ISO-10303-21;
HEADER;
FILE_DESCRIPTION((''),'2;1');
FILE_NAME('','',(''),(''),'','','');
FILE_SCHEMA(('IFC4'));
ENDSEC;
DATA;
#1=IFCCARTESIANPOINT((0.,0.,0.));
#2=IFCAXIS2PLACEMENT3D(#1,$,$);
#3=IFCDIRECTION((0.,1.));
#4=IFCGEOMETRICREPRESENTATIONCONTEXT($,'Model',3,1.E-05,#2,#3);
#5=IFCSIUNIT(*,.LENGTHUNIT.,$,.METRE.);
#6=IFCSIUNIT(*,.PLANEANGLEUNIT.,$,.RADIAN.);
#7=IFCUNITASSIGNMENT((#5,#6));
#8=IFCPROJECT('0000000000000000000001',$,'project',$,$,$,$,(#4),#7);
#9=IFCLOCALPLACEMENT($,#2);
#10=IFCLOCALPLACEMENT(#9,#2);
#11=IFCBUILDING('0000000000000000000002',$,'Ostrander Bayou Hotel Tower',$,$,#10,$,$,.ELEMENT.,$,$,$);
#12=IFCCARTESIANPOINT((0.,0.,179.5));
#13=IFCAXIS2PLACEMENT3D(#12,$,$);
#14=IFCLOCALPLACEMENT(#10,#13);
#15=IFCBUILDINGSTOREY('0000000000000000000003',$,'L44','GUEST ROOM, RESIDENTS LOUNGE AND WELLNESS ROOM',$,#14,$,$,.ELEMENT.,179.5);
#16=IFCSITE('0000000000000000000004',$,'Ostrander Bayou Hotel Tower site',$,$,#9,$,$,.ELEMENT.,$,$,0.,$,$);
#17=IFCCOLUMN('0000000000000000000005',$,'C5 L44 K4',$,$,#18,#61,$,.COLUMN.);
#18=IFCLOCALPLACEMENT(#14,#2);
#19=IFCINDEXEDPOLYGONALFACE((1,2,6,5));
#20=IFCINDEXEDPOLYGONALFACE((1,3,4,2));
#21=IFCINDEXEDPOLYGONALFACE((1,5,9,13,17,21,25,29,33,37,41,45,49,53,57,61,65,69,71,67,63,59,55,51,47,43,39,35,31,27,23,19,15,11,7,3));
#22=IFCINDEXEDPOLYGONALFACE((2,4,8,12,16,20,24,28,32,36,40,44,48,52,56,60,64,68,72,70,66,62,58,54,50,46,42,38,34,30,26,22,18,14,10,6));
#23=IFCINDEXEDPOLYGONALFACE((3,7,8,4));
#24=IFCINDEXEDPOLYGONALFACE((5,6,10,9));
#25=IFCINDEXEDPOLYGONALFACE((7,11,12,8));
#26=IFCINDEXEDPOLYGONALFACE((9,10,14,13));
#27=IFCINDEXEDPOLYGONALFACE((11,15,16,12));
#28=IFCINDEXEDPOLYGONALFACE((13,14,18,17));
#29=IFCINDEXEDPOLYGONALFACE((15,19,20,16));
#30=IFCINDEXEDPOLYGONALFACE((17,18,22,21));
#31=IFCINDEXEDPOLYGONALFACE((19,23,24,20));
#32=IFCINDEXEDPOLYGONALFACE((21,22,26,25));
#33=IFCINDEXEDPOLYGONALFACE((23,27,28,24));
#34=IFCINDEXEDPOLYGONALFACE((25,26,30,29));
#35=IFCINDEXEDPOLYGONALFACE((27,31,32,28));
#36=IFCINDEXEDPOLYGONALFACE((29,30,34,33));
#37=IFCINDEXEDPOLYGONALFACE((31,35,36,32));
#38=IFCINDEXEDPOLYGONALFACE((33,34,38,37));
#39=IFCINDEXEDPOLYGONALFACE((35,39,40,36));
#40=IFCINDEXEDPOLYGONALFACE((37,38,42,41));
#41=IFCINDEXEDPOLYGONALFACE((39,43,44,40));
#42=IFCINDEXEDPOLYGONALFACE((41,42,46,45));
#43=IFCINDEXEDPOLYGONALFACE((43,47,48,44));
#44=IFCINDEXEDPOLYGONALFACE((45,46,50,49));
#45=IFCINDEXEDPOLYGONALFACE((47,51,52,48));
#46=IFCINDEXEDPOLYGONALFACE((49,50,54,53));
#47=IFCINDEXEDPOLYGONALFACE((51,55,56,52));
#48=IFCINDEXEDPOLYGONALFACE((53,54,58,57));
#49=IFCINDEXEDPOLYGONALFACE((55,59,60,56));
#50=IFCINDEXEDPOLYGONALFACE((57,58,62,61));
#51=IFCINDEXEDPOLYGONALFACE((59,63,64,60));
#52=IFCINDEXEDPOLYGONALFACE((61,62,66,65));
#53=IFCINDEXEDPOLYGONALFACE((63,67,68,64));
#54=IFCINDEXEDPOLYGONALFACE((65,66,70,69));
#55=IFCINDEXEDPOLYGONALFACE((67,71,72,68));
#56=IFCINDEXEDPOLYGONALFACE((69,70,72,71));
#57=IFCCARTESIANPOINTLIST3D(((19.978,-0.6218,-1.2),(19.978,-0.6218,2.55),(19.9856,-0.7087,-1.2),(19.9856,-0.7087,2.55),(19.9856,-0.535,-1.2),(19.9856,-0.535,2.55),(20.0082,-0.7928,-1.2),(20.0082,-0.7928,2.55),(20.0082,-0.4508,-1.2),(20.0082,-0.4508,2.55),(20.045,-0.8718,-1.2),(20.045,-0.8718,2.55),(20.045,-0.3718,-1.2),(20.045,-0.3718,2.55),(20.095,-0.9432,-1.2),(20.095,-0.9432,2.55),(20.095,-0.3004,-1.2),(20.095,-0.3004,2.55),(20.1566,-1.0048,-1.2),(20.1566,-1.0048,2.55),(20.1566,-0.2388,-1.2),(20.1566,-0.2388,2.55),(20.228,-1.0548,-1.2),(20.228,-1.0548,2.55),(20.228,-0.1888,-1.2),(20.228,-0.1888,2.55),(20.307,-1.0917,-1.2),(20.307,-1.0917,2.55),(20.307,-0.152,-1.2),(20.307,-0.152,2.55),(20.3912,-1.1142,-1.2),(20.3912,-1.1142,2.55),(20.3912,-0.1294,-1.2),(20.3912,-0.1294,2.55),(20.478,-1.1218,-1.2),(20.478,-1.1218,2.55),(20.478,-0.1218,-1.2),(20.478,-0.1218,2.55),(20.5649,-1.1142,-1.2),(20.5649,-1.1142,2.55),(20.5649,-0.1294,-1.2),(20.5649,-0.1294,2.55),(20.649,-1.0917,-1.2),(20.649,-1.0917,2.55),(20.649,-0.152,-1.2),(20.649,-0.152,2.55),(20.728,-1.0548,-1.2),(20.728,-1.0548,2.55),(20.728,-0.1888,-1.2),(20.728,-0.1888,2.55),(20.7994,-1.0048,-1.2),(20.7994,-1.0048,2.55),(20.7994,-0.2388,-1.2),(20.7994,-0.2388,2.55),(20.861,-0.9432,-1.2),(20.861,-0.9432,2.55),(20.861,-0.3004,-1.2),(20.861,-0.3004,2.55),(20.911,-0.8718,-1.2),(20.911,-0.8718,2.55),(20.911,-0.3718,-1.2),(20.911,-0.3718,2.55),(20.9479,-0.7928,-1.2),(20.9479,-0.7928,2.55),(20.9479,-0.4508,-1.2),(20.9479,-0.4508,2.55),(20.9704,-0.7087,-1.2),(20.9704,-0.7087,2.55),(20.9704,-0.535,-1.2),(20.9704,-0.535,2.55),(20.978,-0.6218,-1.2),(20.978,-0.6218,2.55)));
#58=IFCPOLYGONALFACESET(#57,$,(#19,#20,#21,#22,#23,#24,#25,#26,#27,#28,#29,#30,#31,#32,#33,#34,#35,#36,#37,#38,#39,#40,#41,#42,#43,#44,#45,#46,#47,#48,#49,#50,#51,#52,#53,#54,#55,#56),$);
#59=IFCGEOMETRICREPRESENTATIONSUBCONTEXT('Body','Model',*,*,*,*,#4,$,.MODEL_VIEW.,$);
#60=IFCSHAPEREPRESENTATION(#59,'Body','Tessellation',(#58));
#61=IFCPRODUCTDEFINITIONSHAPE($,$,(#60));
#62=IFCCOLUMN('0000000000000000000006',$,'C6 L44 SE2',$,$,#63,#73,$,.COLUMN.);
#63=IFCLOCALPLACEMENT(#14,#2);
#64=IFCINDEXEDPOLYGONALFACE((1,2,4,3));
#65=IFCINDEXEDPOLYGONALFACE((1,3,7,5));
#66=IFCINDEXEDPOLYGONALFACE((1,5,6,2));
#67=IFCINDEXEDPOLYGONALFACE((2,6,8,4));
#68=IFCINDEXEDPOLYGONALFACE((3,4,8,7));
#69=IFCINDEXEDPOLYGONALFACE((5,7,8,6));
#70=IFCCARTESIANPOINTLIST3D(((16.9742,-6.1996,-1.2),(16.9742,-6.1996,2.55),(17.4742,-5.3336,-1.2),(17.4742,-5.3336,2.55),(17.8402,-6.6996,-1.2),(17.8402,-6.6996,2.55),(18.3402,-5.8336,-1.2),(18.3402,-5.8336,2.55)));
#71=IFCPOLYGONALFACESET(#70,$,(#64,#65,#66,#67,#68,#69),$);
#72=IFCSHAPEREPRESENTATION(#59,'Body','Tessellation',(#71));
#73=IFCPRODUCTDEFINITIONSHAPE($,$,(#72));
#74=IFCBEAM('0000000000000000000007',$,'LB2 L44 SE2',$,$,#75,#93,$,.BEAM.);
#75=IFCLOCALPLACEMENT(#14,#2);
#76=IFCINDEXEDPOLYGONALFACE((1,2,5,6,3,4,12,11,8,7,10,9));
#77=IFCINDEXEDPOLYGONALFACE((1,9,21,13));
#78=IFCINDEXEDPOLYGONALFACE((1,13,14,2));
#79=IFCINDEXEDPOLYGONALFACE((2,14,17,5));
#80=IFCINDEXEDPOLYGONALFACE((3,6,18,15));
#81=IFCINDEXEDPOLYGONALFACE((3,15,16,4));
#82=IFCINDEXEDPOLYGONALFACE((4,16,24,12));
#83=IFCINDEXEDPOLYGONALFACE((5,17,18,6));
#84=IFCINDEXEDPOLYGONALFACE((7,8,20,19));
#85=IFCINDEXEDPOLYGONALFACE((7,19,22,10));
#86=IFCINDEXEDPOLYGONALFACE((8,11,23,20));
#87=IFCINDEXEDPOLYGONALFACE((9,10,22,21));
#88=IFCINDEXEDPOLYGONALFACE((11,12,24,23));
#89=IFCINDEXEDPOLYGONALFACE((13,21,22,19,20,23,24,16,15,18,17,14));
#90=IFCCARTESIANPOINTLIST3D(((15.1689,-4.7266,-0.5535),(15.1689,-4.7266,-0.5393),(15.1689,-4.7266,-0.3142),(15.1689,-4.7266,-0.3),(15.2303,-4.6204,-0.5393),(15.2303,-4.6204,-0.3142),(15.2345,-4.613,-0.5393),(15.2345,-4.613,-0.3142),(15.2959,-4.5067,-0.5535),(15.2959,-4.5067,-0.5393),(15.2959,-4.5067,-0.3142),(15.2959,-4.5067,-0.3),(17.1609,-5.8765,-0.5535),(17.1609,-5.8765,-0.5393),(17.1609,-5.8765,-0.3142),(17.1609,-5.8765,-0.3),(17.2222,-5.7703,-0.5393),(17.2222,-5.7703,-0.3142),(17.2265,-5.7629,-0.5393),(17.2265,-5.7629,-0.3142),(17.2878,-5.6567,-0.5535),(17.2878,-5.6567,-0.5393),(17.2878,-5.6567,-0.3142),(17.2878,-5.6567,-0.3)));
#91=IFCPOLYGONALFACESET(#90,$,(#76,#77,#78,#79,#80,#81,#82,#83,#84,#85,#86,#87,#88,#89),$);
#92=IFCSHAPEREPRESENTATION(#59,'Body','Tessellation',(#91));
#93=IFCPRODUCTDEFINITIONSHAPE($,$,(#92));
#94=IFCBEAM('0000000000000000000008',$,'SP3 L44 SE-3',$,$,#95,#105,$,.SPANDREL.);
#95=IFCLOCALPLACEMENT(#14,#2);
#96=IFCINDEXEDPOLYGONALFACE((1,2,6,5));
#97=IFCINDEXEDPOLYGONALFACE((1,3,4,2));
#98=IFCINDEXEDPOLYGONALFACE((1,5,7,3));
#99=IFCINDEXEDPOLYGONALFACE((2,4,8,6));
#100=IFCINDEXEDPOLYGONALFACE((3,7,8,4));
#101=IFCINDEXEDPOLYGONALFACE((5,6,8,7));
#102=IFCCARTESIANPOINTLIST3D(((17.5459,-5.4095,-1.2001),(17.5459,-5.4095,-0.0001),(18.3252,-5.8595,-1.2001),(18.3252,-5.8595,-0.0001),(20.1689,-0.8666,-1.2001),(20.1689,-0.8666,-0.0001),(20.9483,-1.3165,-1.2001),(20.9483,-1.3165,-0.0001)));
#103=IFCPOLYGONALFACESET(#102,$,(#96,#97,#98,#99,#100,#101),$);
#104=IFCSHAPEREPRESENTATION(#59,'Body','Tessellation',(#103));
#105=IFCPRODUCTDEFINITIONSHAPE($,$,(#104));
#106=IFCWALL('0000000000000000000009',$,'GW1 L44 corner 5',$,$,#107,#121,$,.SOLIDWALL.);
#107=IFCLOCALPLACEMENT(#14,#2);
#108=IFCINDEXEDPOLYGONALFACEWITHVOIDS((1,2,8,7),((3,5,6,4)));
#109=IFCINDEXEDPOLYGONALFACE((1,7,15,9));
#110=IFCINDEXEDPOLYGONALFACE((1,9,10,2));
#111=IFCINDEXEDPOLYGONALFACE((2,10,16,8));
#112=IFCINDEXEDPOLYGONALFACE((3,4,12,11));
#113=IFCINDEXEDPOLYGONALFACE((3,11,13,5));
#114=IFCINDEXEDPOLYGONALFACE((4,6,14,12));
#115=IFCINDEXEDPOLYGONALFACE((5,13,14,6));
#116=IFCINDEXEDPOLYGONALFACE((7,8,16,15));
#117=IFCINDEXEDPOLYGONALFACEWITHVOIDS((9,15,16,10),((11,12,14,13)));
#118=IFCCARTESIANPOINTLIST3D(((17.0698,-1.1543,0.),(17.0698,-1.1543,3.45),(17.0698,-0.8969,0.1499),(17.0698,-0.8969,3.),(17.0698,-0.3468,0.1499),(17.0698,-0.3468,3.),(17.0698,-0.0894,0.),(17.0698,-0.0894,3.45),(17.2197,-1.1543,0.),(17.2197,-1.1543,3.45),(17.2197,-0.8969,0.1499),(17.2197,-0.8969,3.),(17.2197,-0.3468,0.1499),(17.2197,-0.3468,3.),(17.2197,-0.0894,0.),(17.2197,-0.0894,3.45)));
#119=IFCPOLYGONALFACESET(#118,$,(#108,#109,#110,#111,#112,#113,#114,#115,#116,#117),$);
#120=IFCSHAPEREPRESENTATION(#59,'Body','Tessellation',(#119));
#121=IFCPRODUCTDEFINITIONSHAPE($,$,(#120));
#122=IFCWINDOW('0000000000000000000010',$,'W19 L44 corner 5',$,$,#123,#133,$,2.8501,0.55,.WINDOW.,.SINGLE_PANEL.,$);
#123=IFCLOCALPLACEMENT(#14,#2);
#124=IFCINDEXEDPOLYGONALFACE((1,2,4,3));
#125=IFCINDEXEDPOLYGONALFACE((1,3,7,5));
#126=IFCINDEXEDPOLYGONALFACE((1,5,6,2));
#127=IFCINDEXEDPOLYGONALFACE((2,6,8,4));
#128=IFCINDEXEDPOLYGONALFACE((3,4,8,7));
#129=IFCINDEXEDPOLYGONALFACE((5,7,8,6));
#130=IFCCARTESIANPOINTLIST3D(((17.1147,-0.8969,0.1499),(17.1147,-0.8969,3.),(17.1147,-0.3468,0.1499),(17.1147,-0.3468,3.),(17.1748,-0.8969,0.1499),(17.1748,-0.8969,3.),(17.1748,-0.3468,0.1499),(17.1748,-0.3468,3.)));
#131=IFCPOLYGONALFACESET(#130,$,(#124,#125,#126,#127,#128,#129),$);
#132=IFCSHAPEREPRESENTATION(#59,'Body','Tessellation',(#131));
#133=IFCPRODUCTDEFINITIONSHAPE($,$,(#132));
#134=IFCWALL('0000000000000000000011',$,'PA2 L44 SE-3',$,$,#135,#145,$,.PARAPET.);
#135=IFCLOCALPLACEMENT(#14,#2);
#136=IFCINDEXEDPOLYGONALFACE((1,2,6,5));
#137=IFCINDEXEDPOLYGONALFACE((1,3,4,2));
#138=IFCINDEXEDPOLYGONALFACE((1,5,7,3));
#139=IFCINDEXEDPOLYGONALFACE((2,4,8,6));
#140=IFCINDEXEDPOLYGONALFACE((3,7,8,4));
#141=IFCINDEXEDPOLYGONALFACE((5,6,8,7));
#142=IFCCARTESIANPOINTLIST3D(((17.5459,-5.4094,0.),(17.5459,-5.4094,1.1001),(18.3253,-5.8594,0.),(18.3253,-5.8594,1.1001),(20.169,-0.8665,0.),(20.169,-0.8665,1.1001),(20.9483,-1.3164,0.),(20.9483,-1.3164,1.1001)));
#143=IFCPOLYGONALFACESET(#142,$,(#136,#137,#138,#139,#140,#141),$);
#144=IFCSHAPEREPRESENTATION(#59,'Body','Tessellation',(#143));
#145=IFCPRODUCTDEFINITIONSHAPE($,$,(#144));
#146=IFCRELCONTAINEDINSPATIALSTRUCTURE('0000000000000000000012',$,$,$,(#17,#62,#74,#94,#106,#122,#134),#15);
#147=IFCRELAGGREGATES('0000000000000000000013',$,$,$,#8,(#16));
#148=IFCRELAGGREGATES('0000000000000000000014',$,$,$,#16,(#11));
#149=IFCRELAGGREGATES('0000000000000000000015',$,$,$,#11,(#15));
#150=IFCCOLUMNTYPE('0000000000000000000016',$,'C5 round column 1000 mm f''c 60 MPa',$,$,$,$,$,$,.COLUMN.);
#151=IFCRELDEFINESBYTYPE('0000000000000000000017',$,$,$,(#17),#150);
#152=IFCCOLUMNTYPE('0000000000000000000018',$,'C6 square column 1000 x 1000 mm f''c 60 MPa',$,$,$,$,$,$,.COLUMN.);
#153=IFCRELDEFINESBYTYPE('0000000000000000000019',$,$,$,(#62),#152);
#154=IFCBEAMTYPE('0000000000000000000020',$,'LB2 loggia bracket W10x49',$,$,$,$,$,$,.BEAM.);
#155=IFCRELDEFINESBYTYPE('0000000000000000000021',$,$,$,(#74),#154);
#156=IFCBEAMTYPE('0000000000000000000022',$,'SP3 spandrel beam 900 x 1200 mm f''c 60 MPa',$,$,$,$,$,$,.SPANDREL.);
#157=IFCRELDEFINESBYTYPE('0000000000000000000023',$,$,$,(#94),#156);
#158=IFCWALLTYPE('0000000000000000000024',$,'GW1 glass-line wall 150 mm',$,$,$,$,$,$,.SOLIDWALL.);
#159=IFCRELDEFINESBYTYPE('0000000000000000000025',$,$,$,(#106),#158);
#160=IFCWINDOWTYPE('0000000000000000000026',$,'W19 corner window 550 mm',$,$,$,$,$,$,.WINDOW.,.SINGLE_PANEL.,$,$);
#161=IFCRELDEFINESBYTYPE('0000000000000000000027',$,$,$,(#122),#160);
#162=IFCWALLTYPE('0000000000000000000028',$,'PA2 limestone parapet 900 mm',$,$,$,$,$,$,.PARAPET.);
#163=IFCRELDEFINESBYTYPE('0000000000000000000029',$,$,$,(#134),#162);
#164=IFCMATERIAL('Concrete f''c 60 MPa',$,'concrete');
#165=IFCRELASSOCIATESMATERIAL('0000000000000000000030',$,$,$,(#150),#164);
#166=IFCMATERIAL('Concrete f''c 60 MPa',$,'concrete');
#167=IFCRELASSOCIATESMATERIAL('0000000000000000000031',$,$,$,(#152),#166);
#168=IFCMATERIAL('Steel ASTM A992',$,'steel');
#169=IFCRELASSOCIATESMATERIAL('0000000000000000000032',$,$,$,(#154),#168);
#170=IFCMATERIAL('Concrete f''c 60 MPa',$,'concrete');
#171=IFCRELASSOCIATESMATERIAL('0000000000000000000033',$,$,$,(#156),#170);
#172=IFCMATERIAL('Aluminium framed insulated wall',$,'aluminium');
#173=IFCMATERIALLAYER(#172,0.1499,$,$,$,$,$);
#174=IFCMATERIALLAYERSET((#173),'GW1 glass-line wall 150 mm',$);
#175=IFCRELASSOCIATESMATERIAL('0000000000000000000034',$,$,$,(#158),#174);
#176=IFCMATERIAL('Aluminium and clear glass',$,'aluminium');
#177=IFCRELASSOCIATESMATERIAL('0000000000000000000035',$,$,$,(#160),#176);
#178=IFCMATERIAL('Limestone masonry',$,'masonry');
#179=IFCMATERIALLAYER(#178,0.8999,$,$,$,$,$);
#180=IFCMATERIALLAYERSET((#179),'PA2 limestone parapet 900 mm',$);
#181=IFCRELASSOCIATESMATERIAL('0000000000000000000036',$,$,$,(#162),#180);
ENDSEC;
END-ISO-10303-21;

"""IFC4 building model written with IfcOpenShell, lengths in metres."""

from ifc_helpers import new_model, si_unit, direction, frame, frame_2d, origin, origin_2d, place, context, subcontext, project, spatial, rectangle, circle, i_section, extrude, material, layer, layer_set, material_profile, profile_set, type_object, element, fill, save


model = new_model("IFC4")

# Units and contexts
model_context = context("Model", 3, precision=1e-05, world=origin(), true_north=direction((0.0, 1.0)))
body_context = subcontext(model_context, "Body", "Model", "MODEL_VIEW")
ifc_project = project(units=[si_unit("LENGTHUNIT", "METRE"), si_unit("PLANEANGLEUNIT", "RADIAN")], contexts=[model_context])

# Site, building, storey
site_placement = place(None, origin())
site = spatial("IfcSite", under=ifc_project, at=site_placement, Name="Ostrander Bayou Hotel Tower site", CompositionType="ELEMENT", RefElevation=0.0)
building_placement = place(site_placement, origin())
building = spatial("IfcBuilding", under=site, at=building_placement, Name="Ostrander Bayou Hotel Tower", CompositionType="ELEMENT")
storey_placement = place(building_placement, frame((0.0, 0.0, 179.5)))
storey = spatial("IfcBuildingStorey", under=building, at=storey_placement, Name="L44", Description="GUEST ROOM, RESIDENTS LOUNGE AND WELLNESS ROOM", CompositionType="ELEMENT", Elevation=179.5)

# Columns
ifc_material_1 = material(Name="Concrete f'c 60 MPa", Category="concrete")
ifc_material_profile_1 = material_profile(ifc_material_1, circle(Radius=0.5, at=origin_2d()))
ifc_profile_set_1 = profile_set([ifc_material_profile_1], Name="Concrete f'c 60 MPa")
column_type_1 = type_object("IfcColumnType", Name="C5 round column 1000 mm f'c 60 MPa", PredefinedType="COLUMN", material=ifc_profile_set_1)
column_1_placement = place(storey_placement, frame((20.478, -0.6218, -1.2), z_axis=(0.0, 0.0, 1.0), x_axis=(1.0, 0.0, 0.0)))
element("IfcColumn", 1, at=column_1_placement, inside=storey, type_object=column_type_1, Name="C5 L44 K4", PredefinedType="COLUMN", context=body_context, shape_type="SweptSolid", body=[
    extrude(circle(Radius=0.5, at=origin_2d()), origin(), (0.0, 0.0, 1.0), 3.75),
])
ifc_material_2 = material(Name="Concrete f'c 60 MPa", Category="concrete")
ifc_material_profile_2 = material_profile(ifc_material_2, rectangle(XDim=1.0, YDim=1.0, at=origin_2d()))
ifc_profile_set_2 = profile_set([ifc_material_profile_2], Name="Concrete f'c 60 MPa")
column_type_2 = type_object("IfcColumnType", Name="C6 square column 1000 x 1000 mm f'c 60 MPa", PredefinedType="COLUMN", material=ifc_profile_set_2)
column_2_placement = place(storey_placement, frame((17.6572, -6.0166, -1.2), z_axis=(0.0, 0.0, 1.0), x_axis=(-0.5, -0.866025, 0.0)))
element("IfcColumn", 2, at=column_2_placement, inside=storey, type_object=column_type_2, Name="C6 L44 SE2", PredefinedType="COLUMN", context=body_context, shape_type="SweptSolid", body=[
    extrude(rectangle(XDim=1.0, YDim=1.0, at=origin_2d()), origin(), (0.0, 0.0, 1.0), 3.75),
])

# Beams
ifc_material_3 = material(Name="Steel ASTM A992", Category="steel")
ifc_material_profile_3 = material_profile(ifc_material_3, i_section(OverallWidth=0.2539, OverallDepth=0.2534, WebThickness=0.0085, FlangeThickness=0.0142, at=origin_2d()))
ifc_profile_set_3 = profile_set([ifc_material_profile_3], Name="Steel ASTM A992")
beam_type_1 = type_object("IfcBeamType", Name="LB2 loggia bracket W10x49", PredefinedType="BEAM", material=ifc_profile_set_3)
beam_1_placement = place(storey_placement, frame((17.2244, -5.7666, -0.4268), z_axis=(-0.866053, 0.499952, 0.0), x_axis=(-0.499952, -0.866053, 0.0)))
element("IfcBeam", 3, at=beam_1_placement, inside=storey, type_object=beam_type_1, Name="LB2 L44 SE2", PredefinedType="BEAM", context=body_context, shape_type="SweptSolid", body=[
    extrude(i_section(OverallWidth=0.2539, OverallDepth=0.2534, WebThickness=0.0085, FlangeThickness=0.0142, at=origin_2d()), origin(), (0.0, 0.0, 1.0), 2.3),
])
ifc_material_4 = material(Name="Concrete f'c 60 MPa", Category="concrete")
ifc_material_profile_4 = material_profile(ifc_material_4, rectangle(XDim=0.8999, YDim=1.2, at=origin_2d()))
ifc_profile_set_4 = profile_set([ifc_material_profile_4], Name="Concrete f'c 60 MPa")
beam_type_2 = type_object("IfcBeamType", Name="SP3 spandrel beam 900 x 1200 mm f'c 60 MPa", PredefinedType="SPANDREL", material=ifc_profile_set_4)
beam_2_placement = place(storey_placement, frame((17.9355, -5.6345, -0.6001), z_axis=(0.500023, 0.866012, 0.0), x_axis=(-0.866012, 0.500023, 0.0)))
element("IfcBeam", 4, at=beam_2_placement, inside=storey, type_object=beam_type_2, Name="SP3 L44 SE-3", PredefinedType="SPANDREL", context=body_context, shape_type="SweptSolid", body=[
    extrude(rectangle(XDim=0.8999, YDim=1.2, at=origin_2d()), origin(), (0.0, 0.0, 1.0), 5.2458),
])

# Wall, opening, window
ifc_material_5 = material(Name="Aluminium framed insulated wall", Category="aluminium")
ifc_layer_1 = layer(ifc_material_5, 0.1499)
ifc_layer_set_1 = layer_set([ifc_layer_1], Name="GW1 glass-line wall 150 mm")
wall_type_1 = type_object("IfcWallType", Name="GW1 glass-line wall 150 mm", PredefinedType="SOLIDWALL", material=ifc_layer_set_1)
wall_1_placement = place(storey_placement, frame((17.1448, -1.1543, 0.0), z_axis=(0.0, 0.0, 1.0), x_axis=(0.0, 1.0, 0.0)))
wall_1 = element("IfcWall", 5, at=wall_1_placement, inside=storey, type_object=wall_type_1, Name="GW1 L44 corner 5", PredefinedType="SOLIDWALL", context=body_context, shape_type="SweptSolid", body=[
    extrude(rectangle(XDim=1.0649, YDim=0.1499, at=frame_2d((0.5325, 0.0))), origin(), (0.0, 0.0, 1.0), 3.45),
])
opening_1_placement = place(wall_1_placement, frame((0.2576, 0.0, 0.1499)))
opening_1 = element("IfcOpeningElement", 6, at=opening_1_placement, cuts=wall_1, PredefinedType="OPENING", context=body_context, shape_type="SweptSolid", body=[
    extrude(rectangle(XDim=0.55, YDim=2.8501, at=frame_2d((0.2749, 1.425))), frame((0.0, 0.075, 0.0), z_axis=(0.0, -1.0, 0.0), x_axis=(1.0, 0.0, 0.0)), (0.0, 0.0, 1.0), 0.1499),
])
ifc_material_6 = material(Name="Aluminium and clear glass", Category="aluminium")
window_type = type_object("IfcWindowType", Name="W19 corner window 550 mm", PartitioningType="SINGLE_PANEL", PredefinedType="WINDOW", material=ifc_material_6)
window_placement = place(opening_1_placement, origin())
window = element("IfcWindow", 7, at=window_placement, inside=storey, type_object=window_type, Name="W19 L44 corner 5", OverallHeight=2.8501, OverallWidth=0.55, PartitioningType="SINGLE_PANEL", PredefinedType="WINDOW", context=body_context, shape_type="SweptSolid", body=[
    extrude(rectangle(XDim=0.55, YDim=2.8501, at=frame_2d((0.2749, 1.425))), frame((0.0, 0.03, 0.0), z_axis=(0.0, -1.0, 0.0), x_axis=(1.0, 0.0, 0.0)), (0.0, 0.0, 1.0), 0.0601),
])
fill(opening_1, window)

# Wall
ifc_material_7 = material(Name="Limestone masonry", Category="masonry")
ifc_layer_2 = layer(ifc_material_7, 0.8999)
ifc_layer_set_2 = layer_set([ifc_layer_2], Name="PA2 limestone parapet 900 mm")
wall_type_2 = type_object("IfcWallType", Name="PA2 limestone parapet 900 mm", PredefinedType="PARAPET", material=ifc_layer_set_2)
wall_2_placement = place(storey_placement, frame((17.9355, -5.6345, 0.0), z_axis=(0.0, 0.0, 1.0), x_axis=(0.500023, 0.866012, 0.0)))
element("IfcWall", 8, at=wall_2_placement, inside=storey, type_object=wall_type_2, Name="PA2 L44 SE-3", PredefinedType="PARAPET", context=body_context, shape_type="SweptSolid", body=[
    extrude(rectangle(XDim=5.2458, YDim=0.8999, at=frame_2d((2.623, 0.0))), origin(), (0.0, 0.0, 1.0), 1.1001),
])

save(model, "model.ifc")
